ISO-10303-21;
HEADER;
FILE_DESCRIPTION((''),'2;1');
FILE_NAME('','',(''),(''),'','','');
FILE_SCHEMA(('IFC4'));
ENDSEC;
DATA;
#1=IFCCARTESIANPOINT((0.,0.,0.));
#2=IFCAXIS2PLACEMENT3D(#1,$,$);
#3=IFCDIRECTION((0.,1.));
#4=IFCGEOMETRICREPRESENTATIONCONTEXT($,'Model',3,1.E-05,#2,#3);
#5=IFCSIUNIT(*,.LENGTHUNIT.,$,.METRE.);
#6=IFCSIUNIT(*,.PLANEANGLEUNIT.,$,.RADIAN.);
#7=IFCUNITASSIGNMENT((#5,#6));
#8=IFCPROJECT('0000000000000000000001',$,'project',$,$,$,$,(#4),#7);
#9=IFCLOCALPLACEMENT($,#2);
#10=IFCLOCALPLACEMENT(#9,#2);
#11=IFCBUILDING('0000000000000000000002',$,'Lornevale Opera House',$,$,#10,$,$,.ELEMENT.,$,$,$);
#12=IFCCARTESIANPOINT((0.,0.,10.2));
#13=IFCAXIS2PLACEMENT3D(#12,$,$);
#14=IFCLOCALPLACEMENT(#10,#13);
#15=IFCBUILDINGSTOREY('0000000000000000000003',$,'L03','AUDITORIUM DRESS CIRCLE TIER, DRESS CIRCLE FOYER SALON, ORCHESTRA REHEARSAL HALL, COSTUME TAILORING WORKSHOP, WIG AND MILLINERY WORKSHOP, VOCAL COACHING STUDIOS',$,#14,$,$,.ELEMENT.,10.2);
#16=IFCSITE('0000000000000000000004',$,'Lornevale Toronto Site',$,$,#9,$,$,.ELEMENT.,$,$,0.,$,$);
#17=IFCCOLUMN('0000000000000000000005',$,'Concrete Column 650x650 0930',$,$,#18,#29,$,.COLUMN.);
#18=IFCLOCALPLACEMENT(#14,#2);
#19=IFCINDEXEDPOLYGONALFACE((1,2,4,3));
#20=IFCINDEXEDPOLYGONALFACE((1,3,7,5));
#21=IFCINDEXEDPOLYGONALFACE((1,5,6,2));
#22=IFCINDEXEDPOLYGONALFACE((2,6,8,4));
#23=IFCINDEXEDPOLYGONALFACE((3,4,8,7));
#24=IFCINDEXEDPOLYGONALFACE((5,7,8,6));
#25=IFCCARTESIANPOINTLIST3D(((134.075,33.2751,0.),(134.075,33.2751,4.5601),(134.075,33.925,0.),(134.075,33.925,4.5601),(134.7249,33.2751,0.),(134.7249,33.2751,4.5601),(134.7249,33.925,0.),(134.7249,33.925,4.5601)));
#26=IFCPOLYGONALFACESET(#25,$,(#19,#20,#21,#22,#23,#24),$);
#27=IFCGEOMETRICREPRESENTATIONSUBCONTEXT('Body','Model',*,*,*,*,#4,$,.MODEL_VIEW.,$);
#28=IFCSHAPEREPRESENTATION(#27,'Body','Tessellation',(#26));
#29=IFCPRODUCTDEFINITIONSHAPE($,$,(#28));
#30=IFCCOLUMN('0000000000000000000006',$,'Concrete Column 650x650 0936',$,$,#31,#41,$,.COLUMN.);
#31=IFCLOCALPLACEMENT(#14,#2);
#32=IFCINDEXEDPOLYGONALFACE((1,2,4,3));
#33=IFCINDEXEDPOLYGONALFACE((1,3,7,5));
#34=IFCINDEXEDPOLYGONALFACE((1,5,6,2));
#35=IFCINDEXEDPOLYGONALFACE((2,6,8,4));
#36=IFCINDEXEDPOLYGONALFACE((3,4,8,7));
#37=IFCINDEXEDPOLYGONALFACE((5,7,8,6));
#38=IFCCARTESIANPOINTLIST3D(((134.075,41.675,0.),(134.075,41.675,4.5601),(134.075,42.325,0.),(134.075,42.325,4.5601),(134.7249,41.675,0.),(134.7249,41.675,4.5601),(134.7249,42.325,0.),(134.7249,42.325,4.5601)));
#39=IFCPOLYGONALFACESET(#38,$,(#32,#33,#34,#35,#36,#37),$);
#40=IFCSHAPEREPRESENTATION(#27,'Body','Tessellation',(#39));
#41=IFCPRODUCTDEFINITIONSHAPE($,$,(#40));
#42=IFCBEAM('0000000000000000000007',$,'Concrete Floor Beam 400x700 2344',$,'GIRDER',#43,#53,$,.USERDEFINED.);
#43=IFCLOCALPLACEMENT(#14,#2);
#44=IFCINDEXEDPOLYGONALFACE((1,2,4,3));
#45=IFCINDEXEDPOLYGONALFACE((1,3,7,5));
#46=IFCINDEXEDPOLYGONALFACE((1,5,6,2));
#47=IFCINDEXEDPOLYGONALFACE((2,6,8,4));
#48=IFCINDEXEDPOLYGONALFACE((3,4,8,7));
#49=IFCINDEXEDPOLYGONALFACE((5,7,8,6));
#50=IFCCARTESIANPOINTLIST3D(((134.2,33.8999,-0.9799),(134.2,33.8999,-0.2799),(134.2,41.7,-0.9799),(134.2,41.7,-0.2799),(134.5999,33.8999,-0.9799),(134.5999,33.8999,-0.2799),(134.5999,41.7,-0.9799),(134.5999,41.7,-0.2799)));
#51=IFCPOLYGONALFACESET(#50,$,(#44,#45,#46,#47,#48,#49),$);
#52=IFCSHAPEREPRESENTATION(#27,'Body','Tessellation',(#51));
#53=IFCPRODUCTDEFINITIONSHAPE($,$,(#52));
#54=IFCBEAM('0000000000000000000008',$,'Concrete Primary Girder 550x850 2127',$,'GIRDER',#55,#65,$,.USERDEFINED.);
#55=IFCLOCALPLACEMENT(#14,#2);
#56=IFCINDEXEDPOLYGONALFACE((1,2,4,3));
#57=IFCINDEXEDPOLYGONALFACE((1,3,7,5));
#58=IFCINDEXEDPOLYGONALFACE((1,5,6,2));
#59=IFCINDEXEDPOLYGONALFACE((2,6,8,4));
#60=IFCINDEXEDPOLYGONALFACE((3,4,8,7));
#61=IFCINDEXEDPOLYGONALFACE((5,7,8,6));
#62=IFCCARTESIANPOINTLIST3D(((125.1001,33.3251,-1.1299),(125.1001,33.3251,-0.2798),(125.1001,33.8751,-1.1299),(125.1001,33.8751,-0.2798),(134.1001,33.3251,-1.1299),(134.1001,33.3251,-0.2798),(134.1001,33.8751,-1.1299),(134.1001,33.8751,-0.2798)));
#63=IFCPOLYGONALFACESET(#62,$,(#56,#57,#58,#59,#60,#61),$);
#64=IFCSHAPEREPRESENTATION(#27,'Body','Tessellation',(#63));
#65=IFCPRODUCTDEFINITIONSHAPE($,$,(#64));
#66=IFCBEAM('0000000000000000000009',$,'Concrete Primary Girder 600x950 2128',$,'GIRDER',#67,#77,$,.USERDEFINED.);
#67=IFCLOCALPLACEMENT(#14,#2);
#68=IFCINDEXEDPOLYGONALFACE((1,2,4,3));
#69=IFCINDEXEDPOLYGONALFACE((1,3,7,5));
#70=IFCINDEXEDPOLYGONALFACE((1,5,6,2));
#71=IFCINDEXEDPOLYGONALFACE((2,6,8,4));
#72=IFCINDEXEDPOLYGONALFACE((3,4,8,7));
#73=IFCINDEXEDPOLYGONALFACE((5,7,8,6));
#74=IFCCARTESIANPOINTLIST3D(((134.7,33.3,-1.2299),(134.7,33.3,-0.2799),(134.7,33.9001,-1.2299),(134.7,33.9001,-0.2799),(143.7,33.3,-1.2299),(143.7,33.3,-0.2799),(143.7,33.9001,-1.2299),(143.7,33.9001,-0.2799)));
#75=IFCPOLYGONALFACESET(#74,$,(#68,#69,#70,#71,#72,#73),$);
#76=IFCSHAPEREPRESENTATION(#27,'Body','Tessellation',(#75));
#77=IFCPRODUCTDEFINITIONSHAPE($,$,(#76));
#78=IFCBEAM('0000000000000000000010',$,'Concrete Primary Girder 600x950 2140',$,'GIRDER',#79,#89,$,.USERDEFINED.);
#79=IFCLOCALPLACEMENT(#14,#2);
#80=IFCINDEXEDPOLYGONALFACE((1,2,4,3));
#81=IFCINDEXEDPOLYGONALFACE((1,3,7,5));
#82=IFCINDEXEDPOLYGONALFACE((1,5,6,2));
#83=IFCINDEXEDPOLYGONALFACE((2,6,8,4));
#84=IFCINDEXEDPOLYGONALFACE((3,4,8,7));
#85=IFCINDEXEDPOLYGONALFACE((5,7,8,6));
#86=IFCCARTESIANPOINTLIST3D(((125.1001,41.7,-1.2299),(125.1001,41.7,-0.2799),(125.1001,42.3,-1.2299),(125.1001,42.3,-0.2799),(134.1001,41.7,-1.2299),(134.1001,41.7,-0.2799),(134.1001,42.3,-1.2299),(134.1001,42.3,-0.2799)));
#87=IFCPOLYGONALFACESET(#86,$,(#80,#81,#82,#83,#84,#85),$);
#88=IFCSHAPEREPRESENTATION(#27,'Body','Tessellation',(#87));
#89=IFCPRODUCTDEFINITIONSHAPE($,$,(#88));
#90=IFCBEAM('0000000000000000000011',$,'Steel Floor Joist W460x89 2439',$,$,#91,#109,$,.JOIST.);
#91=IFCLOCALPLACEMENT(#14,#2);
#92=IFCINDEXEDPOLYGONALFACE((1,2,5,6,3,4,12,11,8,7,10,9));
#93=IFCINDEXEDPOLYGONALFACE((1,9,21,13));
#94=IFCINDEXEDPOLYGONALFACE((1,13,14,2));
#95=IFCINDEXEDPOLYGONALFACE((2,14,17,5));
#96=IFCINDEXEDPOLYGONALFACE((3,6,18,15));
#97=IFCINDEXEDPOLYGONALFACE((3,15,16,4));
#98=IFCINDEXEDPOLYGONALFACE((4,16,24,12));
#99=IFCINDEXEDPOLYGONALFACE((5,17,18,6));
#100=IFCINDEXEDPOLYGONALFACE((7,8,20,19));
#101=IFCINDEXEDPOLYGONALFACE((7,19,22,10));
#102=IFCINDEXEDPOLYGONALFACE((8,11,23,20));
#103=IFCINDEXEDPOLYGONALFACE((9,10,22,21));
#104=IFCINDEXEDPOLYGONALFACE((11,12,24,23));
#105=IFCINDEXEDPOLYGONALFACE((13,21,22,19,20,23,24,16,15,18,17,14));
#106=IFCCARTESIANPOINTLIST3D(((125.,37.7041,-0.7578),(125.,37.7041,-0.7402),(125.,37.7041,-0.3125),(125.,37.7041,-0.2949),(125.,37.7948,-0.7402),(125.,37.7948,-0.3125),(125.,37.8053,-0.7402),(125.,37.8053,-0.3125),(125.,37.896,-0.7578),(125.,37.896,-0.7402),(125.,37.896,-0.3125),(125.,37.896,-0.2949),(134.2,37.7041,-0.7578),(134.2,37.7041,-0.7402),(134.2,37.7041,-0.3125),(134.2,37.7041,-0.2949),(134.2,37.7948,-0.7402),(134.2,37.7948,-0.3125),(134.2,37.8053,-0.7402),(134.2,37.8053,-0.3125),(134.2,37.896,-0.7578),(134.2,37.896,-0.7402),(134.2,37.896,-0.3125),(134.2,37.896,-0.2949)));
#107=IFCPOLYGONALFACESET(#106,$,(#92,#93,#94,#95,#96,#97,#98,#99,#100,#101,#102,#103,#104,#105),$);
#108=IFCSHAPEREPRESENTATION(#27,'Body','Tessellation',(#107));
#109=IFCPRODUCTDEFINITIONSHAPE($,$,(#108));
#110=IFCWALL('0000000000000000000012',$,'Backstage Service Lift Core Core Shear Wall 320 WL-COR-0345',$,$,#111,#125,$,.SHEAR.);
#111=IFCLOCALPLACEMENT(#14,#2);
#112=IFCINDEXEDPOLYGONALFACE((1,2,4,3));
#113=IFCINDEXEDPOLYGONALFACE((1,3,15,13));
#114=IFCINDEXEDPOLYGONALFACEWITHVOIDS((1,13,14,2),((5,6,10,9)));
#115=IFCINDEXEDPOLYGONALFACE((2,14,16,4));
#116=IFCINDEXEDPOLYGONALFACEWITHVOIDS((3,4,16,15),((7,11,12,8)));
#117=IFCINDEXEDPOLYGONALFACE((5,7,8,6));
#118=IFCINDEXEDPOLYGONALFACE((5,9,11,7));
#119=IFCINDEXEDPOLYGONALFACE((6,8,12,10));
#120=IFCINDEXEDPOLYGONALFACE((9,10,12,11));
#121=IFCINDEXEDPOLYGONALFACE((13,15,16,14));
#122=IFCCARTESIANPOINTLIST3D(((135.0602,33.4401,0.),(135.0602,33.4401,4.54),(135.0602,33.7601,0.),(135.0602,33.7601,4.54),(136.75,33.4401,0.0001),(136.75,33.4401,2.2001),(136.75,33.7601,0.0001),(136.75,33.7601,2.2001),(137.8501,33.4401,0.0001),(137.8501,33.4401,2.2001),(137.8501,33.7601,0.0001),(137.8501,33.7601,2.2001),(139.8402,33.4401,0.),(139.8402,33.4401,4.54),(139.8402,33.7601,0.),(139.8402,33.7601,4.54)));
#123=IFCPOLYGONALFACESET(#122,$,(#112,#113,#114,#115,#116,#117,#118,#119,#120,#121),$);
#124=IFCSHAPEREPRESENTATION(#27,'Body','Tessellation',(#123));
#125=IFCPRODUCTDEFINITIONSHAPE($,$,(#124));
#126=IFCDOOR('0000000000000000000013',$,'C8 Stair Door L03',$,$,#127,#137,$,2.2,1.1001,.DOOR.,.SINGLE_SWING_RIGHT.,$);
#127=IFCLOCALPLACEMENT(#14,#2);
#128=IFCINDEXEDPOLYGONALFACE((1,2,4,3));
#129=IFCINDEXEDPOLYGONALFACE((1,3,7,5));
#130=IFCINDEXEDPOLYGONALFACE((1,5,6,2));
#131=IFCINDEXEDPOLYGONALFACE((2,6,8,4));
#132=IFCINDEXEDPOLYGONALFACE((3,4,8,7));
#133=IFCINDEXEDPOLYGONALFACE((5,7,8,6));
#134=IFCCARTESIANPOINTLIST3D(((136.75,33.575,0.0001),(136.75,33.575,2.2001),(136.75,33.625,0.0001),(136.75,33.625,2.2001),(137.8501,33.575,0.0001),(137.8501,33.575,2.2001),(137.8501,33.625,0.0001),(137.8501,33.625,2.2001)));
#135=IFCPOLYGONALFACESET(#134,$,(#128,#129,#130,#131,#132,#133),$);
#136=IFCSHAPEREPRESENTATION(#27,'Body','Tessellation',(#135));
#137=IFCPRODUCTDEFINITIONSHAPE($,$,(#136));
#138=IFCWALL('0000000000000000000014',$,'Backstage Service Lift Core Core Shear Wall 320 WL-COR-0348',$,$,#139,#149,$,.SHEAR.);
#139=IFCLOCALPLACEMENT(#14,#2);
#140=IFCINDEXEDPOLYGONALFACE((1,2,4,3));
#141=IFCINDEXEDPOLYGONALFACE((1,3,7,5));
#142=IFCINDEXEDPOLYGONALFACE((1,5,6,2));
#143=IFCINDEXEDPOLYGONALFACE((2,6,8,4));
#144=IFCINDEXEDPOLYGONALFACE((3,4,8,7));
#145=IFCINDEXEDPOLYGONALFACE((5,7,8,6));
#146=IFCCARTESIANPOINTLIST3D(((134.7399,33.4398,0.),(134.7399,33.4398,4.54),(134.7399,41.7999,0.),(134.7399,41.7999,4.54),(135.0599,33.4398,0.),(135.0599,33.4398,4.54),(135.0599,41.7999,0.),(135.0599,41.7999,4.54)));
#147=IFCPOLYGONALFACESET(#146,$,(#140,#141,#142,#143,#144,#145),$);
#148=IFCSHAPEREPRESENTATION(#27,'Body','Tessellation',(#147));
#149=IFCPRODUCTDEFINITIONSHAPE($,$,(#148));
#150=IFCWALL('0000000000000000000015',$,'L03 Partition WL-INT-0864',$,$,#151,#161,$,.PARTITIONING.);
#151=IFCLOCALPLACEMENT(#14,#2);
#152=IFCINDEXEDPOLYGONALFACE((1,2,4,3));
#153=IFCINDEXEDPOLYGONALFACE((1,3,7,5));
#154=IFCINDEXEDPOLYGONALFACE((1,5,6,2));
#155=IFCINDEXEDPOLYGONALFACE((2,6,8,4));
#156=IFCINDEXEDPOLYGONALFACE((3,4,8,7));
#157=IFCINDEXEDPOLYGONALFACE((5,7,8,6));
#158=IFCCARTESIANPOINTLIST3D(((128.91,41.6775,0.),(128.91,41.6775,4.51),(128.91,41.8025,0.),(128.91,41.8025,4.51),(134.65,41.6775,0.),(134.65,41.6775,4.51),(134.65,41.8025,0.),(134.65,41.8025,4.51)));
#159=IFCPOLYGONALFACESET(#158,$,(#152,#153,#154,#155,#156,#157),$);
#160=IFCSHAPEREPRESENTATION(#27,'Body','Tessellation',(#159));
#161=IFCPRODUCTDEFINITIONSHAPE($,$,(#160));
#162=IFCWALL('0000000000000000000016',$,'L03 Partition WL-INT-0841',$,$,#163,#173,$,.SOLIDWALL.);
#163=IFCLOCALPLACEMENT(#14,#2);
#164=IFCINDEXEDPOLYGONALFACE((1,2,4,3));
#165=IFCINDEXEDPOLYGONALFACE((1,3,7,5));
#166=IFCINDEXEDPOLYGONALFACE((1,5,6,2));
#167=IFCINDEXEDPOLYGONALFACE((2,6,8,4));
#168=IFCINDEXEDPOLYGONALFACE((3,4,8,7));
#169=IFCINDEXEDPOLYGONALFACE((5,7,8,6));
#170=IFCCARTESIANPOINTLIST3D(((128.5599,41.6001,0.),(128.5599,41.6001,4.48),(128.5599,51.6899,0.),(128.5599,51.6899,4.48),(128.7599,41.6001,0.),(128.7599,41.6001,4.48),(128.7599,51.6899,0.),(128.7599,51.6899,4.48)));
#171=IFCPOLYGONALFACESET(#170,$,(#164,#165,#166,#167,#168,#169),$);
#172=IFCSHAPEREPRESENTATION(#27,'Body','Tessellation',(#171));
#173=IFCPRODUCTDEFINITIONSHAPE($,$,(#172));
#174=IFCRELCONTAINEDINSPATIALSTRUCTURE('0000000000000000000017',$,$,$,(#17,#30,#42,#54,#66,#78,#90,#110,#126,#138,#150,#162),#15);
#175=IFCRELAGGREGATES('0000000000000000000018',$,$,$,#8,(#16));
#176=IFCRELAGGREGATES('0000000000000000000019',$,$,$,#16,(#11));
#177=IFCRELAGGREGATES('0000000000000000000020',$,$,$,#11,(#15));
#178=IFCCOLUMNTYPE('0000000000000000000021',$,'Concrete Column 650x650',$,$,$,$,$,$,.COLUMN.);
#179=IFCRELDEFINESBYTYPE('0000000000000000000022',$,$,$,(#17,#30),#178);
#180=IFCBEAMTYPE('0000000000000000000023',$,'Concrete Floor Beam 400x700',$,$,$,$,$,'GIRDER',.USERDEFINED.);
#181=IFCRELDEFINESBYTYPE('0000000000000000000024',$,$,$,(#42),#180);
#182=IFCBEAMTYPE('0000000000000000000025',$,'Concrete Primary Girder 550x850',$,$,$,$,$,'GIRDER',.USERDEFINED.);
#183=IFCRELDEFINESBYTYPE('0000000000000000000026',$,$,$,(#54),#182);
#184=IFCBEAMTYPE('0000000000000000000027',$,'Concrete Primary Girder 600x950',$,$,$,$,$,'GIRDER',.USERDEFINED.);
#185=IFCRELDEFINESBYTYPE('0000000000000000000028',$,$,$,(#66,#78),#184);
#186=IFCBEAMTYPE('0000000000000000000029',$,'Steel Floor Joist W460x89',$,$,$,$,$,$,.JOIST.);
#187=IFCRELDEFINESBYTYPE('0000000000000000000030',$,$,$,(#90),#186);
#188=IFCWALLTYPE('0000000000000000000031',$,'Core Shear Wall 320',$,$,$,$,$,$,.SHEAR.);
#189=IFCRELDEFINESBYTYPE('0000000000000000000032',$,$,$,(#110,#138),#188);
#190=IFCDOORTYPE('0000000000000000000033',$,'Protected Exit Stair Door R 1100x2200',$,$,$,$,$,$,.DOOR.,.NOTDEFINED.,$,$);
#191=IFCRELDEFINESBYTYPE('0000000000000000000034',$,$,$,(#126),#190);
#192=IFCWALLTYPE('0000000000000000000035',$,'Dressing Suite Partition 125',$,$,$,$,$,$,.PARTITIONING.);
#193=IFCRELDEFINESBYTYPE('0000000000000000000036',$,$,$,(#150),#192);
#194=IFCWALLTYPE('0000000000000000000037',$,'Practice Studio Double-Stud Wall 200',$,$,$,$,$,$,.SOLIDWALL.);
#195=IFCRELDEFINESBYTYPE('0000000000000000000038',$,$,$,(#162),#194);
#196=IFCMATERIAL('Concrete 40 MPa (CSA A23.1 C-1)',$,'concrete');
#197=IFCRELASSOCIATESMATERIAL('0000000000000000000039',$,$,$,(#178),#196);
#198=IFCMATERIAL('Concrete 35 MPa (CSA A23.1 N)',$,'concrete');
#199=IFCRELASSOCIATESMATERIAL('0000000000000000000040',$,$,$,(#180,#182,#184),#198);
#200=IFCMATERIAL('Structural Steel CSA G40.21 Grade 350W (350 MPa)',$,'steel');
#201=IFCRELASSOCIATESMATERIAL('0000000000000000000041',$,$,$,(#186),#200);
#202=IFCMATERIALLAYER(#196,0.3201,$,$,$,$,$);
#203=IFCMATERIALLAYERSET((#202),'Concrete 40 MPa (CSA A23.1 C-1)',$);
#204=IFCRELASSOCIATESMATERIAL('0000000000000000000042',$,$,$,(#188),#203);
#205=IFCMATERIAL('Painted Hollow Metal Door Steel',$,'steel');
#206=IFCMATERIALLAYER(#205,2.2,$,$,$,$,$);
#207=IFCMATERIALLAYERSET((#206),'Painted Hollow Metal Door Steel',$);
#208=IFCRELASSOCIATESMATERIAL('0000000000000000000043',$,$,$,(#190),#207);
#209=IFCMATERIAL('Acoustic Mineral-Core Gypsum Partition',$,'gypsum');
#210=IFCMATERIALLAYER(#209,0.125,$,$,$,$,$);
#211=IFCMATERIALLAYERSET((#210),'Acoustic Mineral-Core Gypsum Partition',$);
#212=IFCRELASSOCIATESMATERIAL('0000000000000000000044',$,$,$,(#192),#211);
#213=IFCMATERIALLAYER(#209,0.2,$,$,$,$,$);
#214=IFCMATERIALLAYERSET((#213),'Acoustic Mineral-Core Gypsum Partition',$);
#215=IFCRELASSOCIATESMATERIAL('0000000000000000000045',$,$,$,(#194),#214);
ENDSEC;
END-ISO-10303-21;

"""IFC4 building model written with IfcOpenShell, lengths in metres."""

from ifc_helpers import new_model, si_unit, direction, frame, frame_2d, origin, origin_2d, place, context, subcontext, project, spatial, rectangle, i_section, extrude, material, layer, layer_set, material_profile, profile_set, type_object, element, fill, save


model = new_model("IFC4")

# Units and contexts
model_context = context("Model", 3, precision=1e-05, world=origin(), true_north=direction((0.0, 1.0)))
body_context = subcontext(model_context, "Body", "Model", "MODEL_VIEW")
ifc_project = project(units=[si_unit("LENGTHUNIT", "METRE"), si_unit("PLANEANGLEUNIT", "RADIAN")], contexts=[model_context])

# Site, building, storey
site_placement = place(None, origin())
site = spatial("IfcSite", under=ifc_project, at=site_placement, Name="Lornevale Toronto Site", CompositionType="ELEMENT", RefElevation=0.0)
building_placement = place(site_placement, origin())
building = spatial("IfcBuilding", under=site, at=building_placement, Name="Lornevale Opera House", CompositionType="ELEMENT")
storey_placement = place(building_placement, frame((0.0, 0.0, 10.2)))
storey = spatial("IfcBuildingStorey", under=building, at=storey_placement, Name="L03", Description="AUDITORIUM DRESS CIRCLE TIER, DRESS CIRCLE FOYER SALON, ORCHESTRA REHEARSAL HALL, COSTUME TAILORING WORKSHOP, WIG AND MILLINERY WORKSHOP, VOCAL COACHING STUDIOS", CompositionType="ELEMENT", Elevation=10.2)

# Columns
ifc_material_1 = material(Name="Concrete 40 MPa (CSA A23.1 C-1)", Category="concrete")
ifc_material_profile_1 = material_profile(ifc_material_1, rectangle(XDim=0.6499, YDim=0.6499, at=origin_2d()), Name="RC650x650")
ifc_profile_set_1 = profile_set([ifc_material_profile_1], Name="Concrete 40 MPa (CSA A23.1 C-1)")
column_type = type_object("IfcColumnType", Name="Concrete Column 650x650", PredefinedType="COLUMN", material=ifc_profile_set_1)
for number, where, z_axis, x_axis, name in (
    (1, (134.3999, 33.6001, 0.0), (0.0, 0.0, 1.0), (1.0, 0.0, 0.0), "Concrete Column 650x650 0930"),
    (2, (134.3999, 42.0, 0.0), (0.0, 0.0, 1.0), (1.0, 0.0, 0.0), "Concrete Column 650x650 0936"),
):
    element("IfcColumn", number, at=place(storey_placement, frame(where, z_axis=z_axis, x_axis=x_axis)), inside=storey, type_object=column_type, Name=name, PredefinedType="COLUMN", context=body_context, shape_type="SweptSolid", body=[
        extrude(rectangle(XDim=0.6499, YDim=0.6499, at=origin_2d()), origin(), (0.0, 0.0, 1.0), 4.5601),
    ])

# Beams
ifc_material_2 = material(Name="Concrete 35 MPa (CSA A23.1 N)", Category="concrete")
ifc_material_profile_2 = material_profile(ifc_material_2, rectangle(XDim=0.3999, YDim=0.7, at=origin_2d()), Name="RC400x700")
ifc_profile_set_2 = profile_set([ifc_material_profile_2], Name="Concrete 35 MPa (CSA A23.1 N)")
beam_type_1 = type_object("IfcBeamType", Name="Concrete Floor Beam 400x700", ElementType="GIRDER", PredefinedType="USERDEFINED", material=ifc_profile_set_2)
beam_1_placement = place(storey_placement, frame((134.3999, 33.8999, -0.6299), z_axis=(0.0, 1.0, 0.0), x_axis=(-1.0, 0.0, 0.0)))
element("IfcBeam", 3, at=beam_1_placement, inside=storey, type_object=beam_type_1, Name="Concrete Floor Beam 400x700 2344", ObjectType="GIRDER", PredefinedType="USERDEFINED", context=body_context, shape_type="SweptSolid", body=[
    extrude(rectangle(XDim=0.3999, YDim=0.7, at=origin_2d()), origin(), (0.0, 0.0, 1.0), 7.8),
])
ifc_material_profile_3 = material_profile(ifc_material_2, rectangle(XDim=0.55, YDim=0.8501, at=origin_2d()), Name="RC550x850")
ifc_profile_set_3 = profile_set([ifc_material_profile_3], Name="Concrete 35 MPa (CSA A23.1 N)")
beam_type_2 = type_object("IfcBeamType", Name="Concrete Primary Girder 550x850", ElementType="GIRDER", PredefinedType="USERDEFINED", material=ifc_profile_set_3)
beam_2_placement = place(storey_placement, frame((125.1001, 33.6001, -0.7048), z_axis=(1.0, 0.0, 0.0), x_axis=(0.0, 1.0, 0.0)))
element("IfcBeam", 4, at=beam_2_placement, inside=storey, type_object=beam_type_2, Name="Concrete Primary Girder 550x850 2127", ObjectType="GIRDER", PredefinedType="USERDEFINED", context=body_context, shape_type="SweptSolid", body=[
    extrude(rectangle(XDim=0.55, YDim=0.8501, at=origin_2d()), origin(), (0.0, 0.0, 1.0), 9.0),
])
ifc_material_profile_4 = material_profile(ifc_material_2, rectangle(XDim=0.6001, YDim=0.95, at=origin_2d()), Name="RC600x950")
ifc_profile_set_4 = profile_set([ifc_material_profile_4], Name="Concrete 35 MPa (CSA A23.1 N)")
beam_type_3 = type_object("IfcBeamType", Name="Concrete Primary Girder 600x950", ElementType="GIRDER", PredefinedType="USERDEFINED", material=ifc_profile_set_4)
for number, where, z_axis, x_axis, name in (
    (5, (134.7, 33.6001, -0.7549), (1.0, 0.0, 0.0), (0.0, 1.0, 0.0), "Concrete Primary Girder 600x950 2128"),
    (6, (125.1001, 42.0, -0.7549), (1.0, 0.0, 0.0), (0.0, 1.0, 0.0), "Concrete Primary Girder 600x950 2140"),
):
    element("IfcBeam", number, at=place(storey_placement, frame(where, z_axis=z_axis, x_axis=x_axis)), inside=storey, type_object=beam_type_3, Name=name, ObjectType="GIRDER", PredefinedType="USERDEFINED", context=body_context, shape_type="SweptSolid", body=[
        extrude(rectangle(XDim=0.6001, YDim=0.95, at=origin_2d()), origin(), (0.0, 0.0, 1.0), 9.0),
    ])
ifc_material_3 = material(Name="Structural Steel CSA G40.21 Grade 350W (350 MPa)", Category="steel")
ifc_material_profile_5 = material_profile(ifc_material_3, i_section(OverallWidth=0.1919, OverallDepth=0.4629, WebThickness=0.0105, FlangeThickness=0.0176, at=origin_2d()), Name="W460x89")
ifc_profile_set_5 = profile_set([ifc_material_profile_5], Name="Structural Steel CSA G40.21 Grade 350W (350 MPa)")
beam_type_4 = type_object("IfcBeamType", Name="Steel Floor Joist W460x89", PredefinedType="JOIST", material=ifc_profile_set_5)
beam_3_placement = place(storey_placement, frame((125.0, 37.8, -0.5264), z_axis=(1.0, 0.0, 0.0), x_axis=(0.0, 1.0, 0.0)))
element("IfcBeam", 7, at=beam_3_placement, inside=storey, type_object=beam_type_4, Name="Steel Floor Joist W460x89 2439", PredefinedType="JOIST", context=body_context, shape_type="SweptSolid", body=[
    extrude(i_section(OverallWidth=0.1919, OverallDepth=0.4629, WebThickness=0.0105, FlangeThickness=0.0176, at=origin_2d()), origin(), (0.0, 0.0, 1.0), 9.2),
])

# Wall, opening, door
ifc_layer_1 = layer(ifc_material_1, 0.3201)
ifc_layer_set_1 = layer_set([ifc_layer_1], Name="Concrete 40 MPa (CSA A23.1 C-1)")
wall_type_1 = type_object("IfcWallType", Name="Core Shear Wall 320", PredefinedType="SHEAR", material=ifc_layer_set_1)
wall_1_placement = place(storey_placement, frame((135.0601, 33.6001, 0.0), z_axis=(0.0, 0.0, 1.0), x_axis=(1.0, 0.0, 0.0)))
wall_1 = element("IfcWall", 8, at=wall_1_placement, inside=storey, type_object=wall_type_1, Name="Backstage Service Lift Core Core Shear Wall 320 WL-COR-0345", PredefinedType="SHEAR", context=body_context, shape_type="SweptSolid", body=[
    extrude(rectangle(XDim=4.78, YDim=0.3201, at=frame_2d((2.3901, 0.0))), origin(), (0.0, 0.0, 1.0), 4.54),
])
opening_1_placement = place(wall_1_placement, frame((1.6899, 0.0, 0.0)))
opening_1 = element("IfcOpeningElement", 9, at=opening_1_placement, cuts=wall_1, PredefinedType="OPENING", context=body_context, shape_type="SweptSolid", body=[
    extrude(rectangle(XDim=1.1001, YDim=2.2, at=frame_2d((0.55, 1.1001))), frame((0.0, 0.1699, 0.0), z_axis=(0.0, -1.0, 0.0), x_axis=(1.0, 0.0, 0.0)), (0.0, 0.0, 1.0), 0.3401),
])
ifc_material_4 = material(Name="Painted Hollow Metal Door Steel", Category="steel")
ifc_layer_2 = layer(ifc_material_4, 2.2)
ifc_layer_set_2 = layer_set([ifc_layer_2], Name="Painted Hollow Metal Door Steel")
door_type_1 = type_object("IfcDoorType", Name="Protected Exit Stair Door R 1100x2200", OperationType="NOTDEFINED", PredefinedType="DOOR", material=ifc_layer_set_2)
door_1_placement = place(opening_1_placement, origin())
door_1 = element("IfcDoor", 10, at=door_1_placement, inside=storey, type_object=door_type_1, Name="C8 Stair Door L03", OperationType="SINGLE_SWING_RIGHT", OverallHeight=2.2, OverallWidth=1.1001, PredefinedType="DOOR", context=body_context, shape_type="SweptSolid", body=[
    extrude(rectangle(XDim=1.1001, YDim=2.2, at=frame_2d((0.55, 1.1001))), frame((0.0, 0.0249, 0.0), z_axis=(0.0, -1.0, 0.0), x_axis=(1.0, 0.0, 0.0)), (0.0, 0.0, 1.0), 0.05),
])
fill(opening_1, door_1)

# Walls
wall_2_placement = place(storey_placement, frame((134.8999, 41.8, 0.0), z_axis=(0.0, 0.0, 1.0), x_axis=(0.0, -1.0, 0.0)))
element("IfcWall", 11, at=wall_2_placement, inside=storey, type_object=wall_type_1, Name="Backstage Service Lift Core Core Shear Wall 320 WL-COR-0348", PredefinedType="SHEAR", context=body_context, shape_type="SweptSolid", body=[
    extrude(rectangle(XDim=8.3601, YDim=0.3201, at=frame_2d((4.1802, 0.0))), origin(), (0.0, 0.0, 1.0), 4.54),
])
ifc_material_5 = material(Name="Acoustic Mineral-Core Gypsum Partition", Category="gypsum")
ifc_layer_3 = layer(ifc_material_5, 0.125)
ifc_layer_set_3 = layer_set([ifc_layer_3], Name="Acoustic Mineral-Core Gypsum Partition")
wall_type_2 = type_object("IfcWallType", Name="Dressing Suite Partition 125", PredefinedType="PARTITIONING", material=ifc_layer_set_3)
wall_3_placement = place(storey_placement, frame((128.9099, 41.74, 0.0), z_axis=(0.0, 0.0, 1.0), x_axis=(1.0, 0.0, 0.0)))
element("IfcWall", 12, at=wall_3_placement, inside=storey, type_object=wall_type_2, Name="L03 Partition WL-INT-0864", PredefinedType="PARTITIONING", context=body_context, shape_type="SweptSolid", body=[
    extrude(rectangle(XDim=5.74, YDim=0.125, at=frame_2d((2.8701, 0.0))), origin(), (0.0, 0.0, 1.0), 4.51),
])
ifc_layer_4 = layer(ifc_material_5, 0.2)
ifc_layer_set_4 = layer_set([ifc_layer_4], Name="Acoustic Mineral-Core Gypsum Partition")
wall_type_3 = type_object("IfcWallType", Name="Practice Studio Double-Stud Wall 200", PredefinedType="SOLIDWALL", material=ifc_layer_set_4)
wall_4_placement = place(storey_placement, frame((128.6599, 41.6001, 0.0), z_axis=(0.0, 0.0, 1.0), x_axis=(0.0, 1.0, 0.0)))
element("IfcWall", 13, at=wall_4_placement, inside=storey, type_object=wall_type_3, Name="L03 Partition WL-INT-0841", PredefinedType="SOLIDWALL", context=body_context, shape_type="SweptSolid", body=[
    extrude(rectangle(XDim=10.0898, YDim=0.2, at=frame_2d((5.0449, 0.0))), origin(), (0.0, 0.0, 1.0), 4.48),
])

save(model, "model.ifc")
